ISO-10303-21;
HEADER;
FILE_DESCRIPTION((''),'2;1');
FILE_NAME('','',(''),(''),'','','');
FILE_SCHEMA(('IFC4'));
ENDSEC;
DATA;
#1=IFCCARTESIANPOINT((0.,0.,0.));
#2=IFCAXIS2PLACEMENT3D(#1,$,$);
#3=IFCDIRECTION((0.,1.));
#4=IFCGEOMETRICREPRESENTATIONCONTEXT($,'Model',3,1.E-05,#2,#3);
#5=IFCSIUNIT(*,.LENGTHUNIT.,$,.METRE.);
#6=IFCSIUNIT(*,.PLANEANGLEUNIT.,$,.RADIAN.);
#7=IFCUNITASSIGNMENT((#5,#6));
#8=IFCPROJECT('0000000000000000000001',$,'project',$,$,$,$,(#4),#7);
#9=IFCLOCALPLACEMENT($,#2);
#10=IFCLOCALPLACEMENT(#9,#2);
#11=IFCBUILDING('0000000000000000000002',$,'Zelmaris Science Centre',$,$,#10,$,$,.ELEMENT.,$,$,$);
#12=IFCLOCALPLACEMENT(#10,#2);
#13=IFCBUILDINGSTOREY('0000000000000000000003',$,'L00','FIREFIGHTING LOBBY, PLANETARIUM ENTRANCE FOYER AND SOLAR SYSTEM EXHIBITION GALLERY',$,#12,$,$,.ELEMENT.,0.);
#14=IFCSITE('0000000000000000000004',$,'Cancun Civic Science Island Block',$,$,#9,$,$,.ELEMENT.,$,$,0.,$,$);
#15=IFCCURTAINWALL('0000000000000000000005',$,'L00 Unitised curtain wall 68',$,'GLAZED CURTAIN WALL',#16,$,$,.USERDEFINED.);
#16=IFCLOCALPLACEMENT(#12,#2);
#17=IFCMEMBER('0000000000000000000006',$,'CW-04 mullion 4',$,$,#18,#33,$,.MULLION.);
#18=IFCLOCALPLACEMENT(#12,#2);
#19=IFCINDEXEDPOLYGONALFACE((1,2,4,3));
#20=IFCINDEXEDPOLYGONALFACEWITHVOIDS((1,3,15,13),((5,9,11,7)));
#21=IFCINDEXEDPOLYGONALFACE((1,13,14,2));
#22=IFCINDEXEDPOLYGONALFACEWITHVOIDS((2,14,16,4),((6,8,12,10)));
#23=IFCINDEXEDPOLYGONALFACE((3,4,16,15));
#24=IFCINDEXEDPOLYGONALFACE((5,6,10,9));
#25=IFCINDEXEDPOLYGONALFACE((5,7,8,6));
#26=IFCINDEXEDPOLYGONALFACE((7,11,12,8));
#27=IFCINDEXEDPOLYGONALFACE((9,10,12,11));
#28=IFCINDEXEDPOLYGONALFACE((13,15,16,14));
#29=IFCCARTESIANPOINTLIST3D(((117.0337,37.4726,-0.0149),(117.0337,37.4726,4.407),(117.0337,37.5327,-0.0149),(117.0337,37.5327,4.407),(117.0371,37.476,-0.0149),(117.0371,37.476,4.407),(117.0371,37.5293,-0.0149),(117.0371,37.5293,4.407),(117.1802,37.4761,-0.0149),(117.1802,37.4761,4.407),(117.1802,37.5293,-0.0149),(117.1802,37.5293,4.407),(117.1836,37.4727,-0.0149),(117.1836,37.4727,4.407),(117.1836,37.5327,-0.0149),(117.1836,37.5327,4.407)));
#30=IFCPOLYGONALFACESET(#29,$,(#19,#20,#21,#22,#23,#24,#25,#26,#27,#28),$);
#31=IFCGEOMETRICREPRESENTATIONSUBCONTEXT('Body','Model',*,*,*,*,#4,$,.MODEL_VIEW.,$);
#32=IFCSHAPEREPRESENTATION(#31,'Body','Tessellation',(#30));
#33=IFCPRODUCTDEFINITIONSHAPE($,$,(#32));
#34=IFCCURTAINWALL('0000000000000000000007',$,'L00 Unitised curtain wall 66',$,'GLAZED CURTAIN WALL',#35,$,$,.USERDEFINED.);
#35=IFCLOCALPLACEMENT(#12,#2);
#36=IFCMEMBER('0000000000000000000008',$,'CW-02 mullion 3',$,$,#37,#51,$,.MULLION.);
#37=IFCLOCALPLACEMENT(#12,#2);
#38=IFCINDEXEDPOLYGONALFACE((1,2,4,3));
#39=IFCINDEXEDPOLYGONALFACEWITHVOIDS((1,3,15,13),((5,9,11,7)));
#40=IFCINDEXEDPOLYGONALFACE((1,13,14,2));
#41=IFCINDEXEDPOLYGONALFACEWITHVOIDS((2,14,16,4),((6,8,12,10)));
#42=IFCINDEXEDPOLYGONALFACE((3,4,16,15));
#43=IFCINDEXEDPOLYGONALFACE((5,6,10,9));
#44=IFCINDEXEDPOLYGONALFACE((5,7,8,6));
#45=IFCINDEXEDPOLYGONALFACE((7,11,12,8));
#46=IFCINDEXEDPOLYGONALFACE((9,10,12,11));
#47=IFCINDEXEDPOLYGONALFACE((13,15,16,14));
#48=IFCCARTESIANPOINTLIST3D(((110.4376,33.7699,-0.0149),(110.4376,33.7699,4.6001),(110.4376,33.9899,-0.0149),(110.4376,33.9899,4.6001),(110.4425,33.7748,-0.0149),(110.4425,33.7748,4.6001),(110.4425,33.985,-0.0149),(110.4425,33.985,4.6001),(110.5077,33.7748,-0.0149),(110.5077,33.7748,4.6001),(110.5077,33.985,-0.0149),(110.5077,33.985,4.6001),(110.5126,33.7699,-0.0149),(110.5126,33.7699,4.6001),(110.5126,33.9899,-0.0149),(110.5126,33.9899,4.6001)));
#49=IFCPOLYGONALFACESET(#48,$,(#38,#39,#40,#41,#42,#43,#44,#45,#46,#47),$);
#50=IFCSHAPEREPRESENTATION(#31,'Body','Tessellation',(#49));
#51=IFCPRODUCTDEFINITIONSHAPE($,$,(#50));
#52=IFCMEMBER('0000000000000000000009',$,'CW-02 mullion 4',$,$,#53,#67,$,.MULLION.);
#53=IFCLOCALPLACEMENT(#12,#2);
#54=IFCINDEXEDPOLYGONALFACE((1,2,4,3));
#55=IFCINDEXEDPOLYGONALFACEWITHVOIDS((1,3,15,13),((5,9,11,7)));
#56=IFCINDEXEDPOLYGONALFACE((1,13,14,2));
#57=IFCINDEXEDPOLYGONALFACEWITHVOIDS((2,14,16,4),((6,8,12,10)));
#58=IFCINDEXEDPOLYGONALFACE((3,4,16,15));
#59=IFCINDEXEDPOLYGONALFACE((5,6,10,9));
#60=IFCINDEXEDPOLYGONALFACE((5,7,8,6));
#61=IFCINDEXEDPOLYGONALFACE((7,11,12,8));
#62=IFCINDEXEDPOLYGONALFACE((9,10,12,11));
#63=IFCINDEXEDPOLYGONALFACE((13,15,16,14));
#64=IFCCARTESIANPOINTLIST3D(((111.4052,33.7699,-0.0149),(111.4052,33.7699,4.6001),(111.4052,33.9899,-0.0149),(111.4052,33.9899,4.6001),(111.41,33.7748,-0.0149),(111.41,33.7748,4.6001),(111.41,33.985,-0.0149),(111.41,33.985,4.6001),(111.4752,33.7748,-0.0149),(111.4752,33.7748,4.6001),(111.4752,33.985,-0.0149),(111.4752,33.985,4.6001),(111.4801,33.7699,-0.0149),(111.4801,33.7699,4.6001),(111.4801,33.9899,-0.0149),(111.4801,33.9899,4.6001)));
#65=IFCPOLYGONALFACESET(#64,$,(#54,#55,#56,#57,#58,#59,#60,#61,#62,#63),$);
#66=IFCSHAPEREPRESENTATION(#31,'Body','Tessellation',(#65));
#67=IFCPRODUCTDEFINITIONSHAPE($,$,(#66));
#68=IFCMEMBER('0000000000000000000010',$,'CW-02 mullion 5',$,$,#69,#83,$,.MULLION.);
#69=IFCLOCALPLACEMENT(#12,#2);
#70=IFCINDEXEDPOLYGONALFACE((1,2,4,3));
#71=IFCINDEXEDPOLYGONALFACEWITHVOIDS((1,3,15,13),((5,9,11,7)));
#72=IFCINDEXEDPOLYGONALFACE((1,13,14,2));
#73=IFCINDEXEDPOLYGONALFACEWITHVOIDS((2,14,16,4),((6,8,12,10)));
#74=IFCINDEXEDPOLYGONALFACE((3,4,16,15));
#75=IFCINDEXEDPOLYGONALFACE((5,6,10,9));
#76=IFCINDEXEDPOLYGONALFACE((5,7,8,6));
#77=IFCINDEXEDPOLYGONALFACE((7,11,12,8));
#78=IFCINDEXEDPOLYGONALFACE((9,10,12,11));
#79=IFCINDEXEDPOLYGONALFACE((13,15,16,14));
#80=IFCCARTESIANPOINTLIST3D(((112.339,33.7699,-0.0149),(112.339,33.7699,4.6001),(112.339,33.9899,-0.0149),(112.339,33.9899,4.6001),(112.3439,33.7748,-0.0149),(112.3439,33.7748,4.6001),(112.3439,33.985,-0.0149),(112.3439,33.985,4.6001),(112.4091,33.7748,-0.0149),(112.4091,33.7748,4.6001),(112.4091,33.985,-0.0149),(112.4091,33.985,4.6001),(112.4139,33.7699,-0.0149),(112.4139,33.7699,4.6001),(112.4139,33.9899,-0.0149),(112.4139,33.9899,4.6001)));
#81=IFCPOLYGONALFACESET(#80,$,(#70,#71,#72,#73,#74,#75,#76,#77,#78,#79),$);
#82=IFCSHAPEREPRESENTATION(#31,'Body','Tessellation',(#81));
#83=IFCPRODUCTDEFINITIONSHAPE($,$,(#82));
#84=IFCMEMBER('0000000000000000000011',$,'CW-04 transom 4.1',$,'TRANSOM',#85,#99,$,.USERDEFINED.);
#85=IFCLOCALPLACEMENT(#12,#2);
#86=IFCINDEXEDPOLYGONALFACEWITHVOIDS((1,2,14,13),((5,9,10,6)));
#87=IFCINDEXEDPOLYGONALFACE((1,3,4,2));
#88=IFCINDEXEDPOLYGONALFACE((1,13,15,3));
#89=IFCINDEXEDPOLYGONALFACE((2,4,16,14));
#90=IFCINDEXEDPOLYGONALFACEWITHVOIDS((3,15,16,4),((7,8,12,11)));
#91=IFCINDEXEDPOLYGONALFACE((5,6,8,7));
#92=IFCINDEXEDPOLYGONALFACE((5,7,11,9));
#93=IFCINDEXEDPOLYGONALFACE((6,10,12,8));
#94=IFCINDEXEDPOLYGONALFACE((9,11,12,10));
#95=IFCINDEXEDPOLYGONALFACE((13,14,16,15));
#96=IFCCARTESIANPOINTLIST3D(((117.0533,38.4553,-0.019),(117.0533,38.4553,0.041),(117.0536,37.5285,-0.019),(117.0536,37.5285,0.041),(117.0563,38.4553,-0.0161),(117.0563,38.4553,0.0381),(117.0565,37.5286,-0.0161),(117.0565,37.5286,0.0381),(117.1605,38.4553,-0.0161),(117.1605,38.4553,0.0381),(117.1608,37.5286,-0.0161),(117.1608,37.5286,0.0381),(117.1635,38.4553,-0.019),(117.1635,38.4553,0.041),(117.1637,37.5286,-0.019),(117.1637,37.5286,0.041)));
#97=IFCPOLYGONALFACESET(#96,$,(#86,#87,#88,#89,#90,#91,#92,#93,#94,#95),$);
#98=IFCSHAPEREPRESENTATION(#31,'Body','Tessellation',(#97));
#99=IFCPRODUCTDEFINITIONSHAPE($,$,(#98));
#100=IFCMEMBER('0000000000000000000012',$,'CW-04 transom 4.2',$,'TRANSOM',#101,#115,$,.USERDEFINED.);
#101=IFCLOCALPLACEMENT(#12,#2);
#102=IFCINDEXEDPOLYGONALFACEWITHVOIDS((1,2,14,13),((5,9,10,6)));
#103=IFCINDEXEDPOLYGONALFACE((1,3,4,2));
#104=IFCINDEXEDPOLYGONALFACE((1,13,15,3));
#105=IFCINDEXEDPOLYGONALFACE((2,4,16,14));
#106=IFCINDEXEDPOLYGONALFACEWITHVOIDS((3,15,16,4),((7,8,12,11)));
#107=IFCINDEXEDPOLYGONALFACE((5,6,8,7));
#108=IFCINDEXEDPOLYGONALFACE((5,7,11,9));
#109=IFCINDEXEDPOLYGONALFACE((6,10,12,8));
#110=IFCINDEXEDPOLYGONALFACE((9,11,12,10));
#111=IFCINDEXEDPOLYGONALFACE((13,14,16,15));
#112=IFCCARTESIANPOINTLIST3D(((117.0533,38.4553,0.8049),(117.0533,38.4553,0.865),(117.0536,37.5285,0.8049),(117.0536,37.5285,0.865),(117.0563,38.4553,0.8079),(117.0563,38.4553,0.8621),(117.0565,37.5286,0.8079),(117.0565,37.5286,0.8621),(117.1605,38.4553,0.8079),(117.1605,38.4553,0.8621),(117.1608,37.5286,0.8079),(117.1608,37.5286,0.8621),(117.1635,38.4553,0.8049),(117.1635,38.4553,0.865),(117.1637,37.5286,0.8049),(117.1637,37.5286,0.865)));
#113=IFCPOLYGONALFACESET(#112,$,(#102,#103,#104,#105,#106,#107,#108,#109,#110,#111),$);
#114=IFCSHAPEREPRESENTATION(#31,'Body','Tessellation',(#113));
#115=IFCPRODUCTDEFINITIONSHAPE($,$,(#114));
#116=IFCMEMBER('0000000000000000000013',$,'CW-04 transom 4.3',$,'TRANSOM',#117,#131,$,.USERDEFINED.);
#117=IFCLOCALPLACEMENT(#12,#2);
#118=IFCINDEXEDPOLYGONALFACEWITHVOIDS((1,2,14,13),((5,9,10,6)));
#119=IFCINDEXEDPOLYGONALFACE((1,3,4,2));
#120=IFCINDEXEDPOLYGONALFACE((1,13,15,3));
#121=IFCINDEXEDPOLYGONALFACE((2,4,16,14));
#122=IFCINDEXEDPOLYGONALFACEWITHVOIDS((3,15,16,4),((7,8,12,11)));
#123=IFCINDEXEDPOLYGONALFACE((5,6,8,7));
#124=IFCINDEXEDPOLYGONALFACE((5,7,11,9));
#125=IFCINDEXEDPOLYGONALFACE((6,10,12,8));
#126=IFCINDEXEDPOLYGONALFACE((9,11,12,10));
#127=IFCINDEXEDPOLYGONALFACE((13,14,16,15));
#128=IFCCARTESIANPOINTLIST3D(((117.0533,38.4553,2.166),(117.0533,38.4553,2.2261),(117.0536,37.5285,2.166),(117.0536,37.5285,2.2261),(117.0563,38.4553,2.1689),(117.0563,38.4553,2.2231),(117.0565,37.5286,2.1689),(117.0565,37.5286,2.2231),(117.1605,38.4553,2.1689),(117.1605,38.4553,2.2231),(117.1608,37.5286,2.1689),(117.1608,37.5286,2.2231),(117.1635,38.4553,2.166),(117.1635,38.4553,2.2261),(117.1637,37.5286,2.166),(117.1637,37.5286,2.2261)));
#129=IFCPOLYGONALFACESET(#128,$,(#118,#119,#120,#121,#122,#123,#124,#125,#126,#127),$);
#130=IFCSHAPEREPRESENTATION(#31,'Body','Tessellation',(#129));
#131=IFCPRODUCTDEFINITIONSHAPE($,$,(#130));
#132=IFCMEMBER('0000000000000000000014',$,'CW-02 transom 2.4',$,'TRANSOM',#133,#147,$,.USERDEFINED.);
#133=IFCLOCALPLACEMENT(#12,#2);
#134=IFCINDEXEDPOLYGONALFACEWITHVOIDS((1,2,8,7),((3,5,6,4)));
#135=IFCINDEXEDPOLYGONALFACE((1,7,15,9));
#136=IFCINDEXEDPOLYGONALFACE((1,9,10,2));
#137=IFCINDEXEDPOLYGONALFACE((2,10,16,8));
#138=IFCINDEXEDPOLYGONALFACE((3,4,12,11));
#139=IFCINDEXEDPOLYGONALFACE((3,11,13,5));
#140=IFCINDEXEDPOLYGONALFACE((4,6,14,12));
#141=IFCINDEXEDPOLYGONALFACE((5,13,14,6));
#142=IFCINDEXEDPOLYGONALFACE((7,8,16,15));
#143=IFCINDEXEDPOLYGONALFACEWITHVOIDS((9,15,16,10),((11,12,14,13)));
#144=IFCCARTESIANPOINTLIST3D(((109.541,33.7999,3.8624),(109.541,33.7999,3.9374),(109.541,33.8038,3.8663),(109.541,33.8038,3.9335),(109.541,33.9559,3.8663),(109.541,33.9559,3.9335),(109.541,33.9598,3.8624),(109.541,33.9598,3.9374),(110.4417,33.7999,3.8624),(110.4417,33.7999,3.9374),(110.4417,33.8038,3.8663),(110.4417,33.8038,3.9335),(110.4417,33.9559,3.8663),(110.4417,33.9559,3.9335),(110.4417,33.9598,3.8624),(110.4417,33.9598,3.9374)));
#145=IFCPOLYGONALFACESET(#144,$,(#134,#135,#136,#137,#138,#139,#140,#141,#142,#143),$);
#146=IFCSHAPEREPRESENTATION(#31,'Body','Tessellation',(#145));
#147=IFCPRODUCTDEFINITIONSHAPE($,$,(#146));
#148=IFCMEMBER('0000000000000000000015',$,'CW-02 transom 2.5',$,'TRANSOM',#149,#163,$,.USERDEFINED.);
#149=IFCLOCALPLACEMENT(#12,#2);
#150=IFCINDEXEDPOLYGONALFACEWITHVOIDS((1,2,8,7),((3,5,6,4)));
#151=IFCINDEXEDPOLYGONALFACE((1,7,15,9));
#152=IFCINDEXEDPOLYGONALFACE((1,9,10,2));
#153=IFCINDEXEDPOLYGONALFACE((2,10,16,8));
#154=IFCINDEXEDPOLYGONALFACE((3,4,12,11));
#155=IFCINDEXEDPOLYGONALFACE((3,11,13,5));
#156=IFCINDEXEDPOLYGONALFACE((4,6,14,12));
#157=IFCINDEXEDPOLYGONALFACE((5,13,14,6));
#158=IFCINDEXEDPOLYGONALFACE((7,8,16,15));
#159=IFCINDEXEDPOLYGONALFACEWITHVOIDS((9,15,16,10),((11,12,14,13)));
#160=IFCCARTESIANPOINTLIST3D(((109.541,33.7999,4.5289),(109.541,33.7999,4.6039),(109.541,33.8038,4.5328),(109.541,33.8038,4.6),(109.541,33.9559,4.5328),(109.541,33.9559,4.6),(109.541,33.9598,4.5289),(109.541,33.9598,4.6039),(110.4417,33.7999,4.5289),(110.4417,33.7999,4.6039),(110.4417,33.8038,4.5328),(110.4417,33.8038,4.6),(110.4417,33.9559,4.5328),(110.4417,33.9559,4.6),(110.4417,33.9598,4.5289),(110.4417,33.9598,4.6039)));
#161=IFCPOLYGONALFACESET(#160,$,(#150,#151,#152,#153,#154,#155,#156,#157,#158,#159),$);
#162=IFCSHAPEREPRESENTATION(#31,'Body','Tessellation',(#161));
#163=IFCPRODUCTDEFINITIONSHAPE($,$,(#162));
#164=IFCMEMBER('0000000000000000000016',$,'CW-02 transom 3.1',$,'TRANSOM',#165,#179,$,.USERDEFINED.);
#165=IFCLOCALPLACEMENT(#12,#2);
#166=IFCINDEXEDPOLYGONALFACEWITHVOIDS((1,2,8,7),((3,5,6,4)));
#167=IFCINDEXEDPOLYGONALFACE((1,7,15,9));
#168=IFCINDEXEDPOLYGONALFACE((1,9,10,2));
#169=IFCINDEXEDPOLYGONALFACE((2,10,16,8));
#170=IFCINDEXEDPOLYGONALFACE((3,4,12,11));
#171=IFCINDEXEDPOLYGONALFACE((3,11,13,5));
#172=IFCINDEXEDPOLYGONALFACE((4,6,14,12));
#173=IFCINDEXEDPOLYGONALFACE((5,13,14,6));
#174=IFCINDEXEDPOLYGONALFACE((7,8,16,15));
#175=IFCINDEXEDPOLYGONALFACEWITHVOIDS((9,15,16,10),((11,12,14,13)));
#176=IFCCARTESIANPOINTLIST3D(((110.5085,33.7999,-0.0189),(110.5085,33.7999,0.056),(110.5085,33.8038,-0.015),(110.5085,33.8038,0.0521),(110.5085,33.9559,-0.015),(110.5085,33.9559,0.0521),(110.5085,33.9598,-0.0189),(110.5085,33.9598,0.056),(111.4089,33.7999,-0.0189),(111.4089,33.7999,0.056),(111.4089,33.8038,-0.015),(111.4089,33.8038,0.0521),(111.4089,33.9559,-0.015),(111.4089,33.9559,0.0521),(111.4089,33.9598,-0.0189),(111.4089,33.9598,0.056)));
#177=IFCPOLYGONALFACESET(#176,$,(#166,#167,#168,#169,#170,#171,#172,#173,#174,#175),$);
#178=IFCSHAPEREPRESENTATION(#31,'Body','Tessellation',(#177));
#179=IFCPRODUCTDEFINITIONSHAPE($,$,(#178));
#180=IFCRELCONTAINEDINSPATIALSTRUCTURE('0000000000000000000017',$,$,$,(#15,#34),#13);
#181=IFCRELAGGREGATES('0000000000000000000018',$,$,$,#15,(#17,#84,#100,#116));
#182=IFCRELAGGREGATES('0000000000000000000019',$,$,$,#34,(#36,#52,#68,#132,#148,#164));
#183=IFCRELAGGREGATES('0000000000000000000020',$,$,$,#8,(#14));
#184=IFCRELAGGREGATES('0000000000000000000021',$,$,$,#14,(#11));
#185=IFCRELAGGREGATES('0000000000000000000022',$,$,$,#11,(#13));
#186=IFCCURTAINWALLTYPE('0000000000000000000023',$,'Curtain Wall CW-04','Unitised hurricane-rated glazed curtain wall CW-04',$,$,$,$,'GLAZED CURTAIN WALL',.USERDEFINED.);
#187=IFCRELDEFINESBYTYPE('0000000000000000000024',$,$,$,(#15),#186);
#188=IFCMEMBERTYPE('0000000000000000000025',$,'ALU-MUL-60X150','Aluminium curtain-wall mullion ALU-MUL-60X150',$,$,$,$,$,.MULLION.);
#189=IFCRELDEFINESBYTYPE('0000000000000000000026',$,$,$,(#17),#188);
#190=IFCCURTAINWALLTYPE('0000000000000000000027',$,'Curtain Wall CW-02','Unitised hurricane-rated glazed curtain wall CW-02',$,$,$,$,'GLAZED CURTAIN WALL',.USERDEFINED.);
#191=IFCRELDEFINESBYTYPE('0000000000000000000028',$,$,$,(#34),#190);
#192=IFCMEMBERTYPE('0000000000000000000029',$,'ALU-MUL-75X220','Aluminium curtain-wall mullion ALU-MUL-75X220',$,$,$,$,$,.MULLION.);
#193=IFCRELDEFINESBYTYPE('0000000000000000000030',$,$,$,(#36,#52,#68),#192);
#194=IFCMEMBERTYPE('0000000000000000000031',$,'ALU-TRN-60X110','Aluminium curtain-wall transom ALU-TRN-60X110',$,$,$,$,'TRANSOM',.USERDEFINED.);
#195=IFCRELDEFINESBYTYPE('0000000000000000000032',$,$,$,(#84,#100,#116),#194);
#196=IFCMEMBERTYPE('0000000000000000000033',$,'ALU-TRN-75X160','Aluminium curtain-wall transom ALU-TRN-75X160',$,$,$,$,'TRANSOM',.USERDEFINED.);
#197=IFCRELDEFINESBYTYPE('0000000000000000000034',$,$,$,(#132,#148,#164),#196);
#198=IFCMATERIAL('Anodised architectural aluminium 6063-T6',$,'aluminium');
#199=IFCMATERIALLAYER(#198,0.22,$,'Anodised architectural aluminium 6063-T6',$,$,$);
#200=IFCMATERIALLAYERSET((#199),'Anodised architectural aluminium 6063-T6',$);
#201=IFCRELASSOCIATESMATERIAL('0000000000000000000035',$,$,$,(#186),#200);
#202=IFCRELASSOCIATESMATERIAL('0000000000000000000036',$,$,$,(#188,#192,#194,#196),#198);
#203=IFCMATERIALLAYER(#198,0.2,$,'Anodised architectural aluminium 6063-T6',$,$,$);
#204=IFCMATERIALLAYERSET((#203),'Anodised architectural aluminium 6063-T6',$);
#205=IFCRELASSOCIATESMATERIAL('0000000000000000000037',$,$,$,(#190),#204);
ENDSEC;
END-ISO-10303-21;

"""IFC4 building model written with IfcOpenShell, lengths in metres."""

from ifc_helpers import new_model, si_unit, direction, frame, origin, origin_2d, place, context, subcontext, project, spatial, hollow_rectangle, extrude, material, layer, layer_set, material_profile, profile_set, type_object, element, aggregate, save


model = new_model("IFC4")

# Units and contexts
model_context = context("Model", 3, precision=1e-05, world=origin(), true_north=direction((0.0, 1.0)))
body_context = subcontext(model_context, "Body", "Model", "MODEL_VIEW")
ifc_project = project(units=[si_unit("LENGTHUNIT", "METRE"), si_unit("PLANEANGLEUNIT", "RADIAN")], contexts=[model_context])

# Site, building, storey
site_placement = place(None, origin())
site = spatial("IfcSite", under=ifc_project, at=site_placement, Name="Cancun Civic Science Island Block", CompositionType="ELEMENT", RefElevation=0.0)
building_placement = place(site_placement, origin())
building = spatial("IfcBuilding", under=site, at=building_placement, Name="Zelmaris Science Centre", CompositionType="ELEMENT")
storey_placement = place(building_placement, origin())
storey = spatial("IfcBuildingStorey", under=building, at=storey_placement, Name="L00", Description="FIREFIGHTING LOBBY, PLANETARIUM ENTRANCE FOYER AND SOLAR SYSTEM EXHIBITION GALLERY", CompositionType="ELEMENT", Elevation=0.0)

# Curtain wall, member
ifc_material_1 = material(Name="Anodised architectural aluminium 6063-T6", Category="aluminium")
ifc_layer_1 = layer(ifc_material_1, 0.22, Name="Anodised architectural aluminium 6063-T6")
ifc_layer_set_1 = layer_set([ifc_layer_1], Name="Anodised architectural aluminium 6063-T6")
curtain_wall_type_1 = type_object("IfcCurtainWallType", Name="Curtain Wall CW-04", Description="Unitised hurricane-rated glazed curtain wall CW-04", ElementType="GLAZED CURTAIN WALL", PredefinedType="USERDEFINED", material=ifc_layer_set_1)
curtain_wall_1_placement = place(storey_placement, origin())
curtain_wall_1 = element("IfcCurtainWall", 1, at=curtain_wall_1_placement, inside=storey, type_object=curtain_wall_type_1, Name="L00 Unitised curtain wall 68", ObjectType="GLAZED CURTAIN WALL", PredefinedType="USERDEFINED")
ifc_material_profile_1 = material_profile(ifc_material_1, hollow_rectangle(XDim=0.0601, YDim=0.1499, WallThickness=0.0034, at=origin_2d()), Name="ALU-MUL-60X150")
ifc_profile_set_1 = profile_set([ifc_material_profile_1], Name="Anodised architectural aluminium 6063-T6")
member_type_1 = type_object("IfcMemberType", Name="ALU-MUL-60X150", Description="Aluminium curtain-wall mullion ALU-MUL-60X150", PredefinedType="MULLION", material=ifc_profile_set_1)
member_1_placement = place(storey_placement, frame((117.1086, 37.5027, -0.0149), z_axis=(0.0, 0.0, 1.0), x_axis=(-0.000353, 1.0, 0.0)))
member_1 = element("IfcMember", 2, at=member_1_placement, type_object=member_type_1, Name="CW-04 mullion 4", PredefinedType="MULLION", context=body_context, shape_type="SweptSolid", body=[
    extrude(hollow_rectangle(XDim=0.0601, YDim=0.1499, WallThickness=0.0034, at=origin_2d()), origin(), (0.0, 0.0, 1.0), 4.4219),
])

# Curtain wall, members
ifc_layer_2 = layer(ifc_material_1, 0.2, Name="Anodised architectural aluminium 6063-T6")
ifc_layer_set_2 = layer_set([ifc_layer_2], Name="Anodised architectural aluminium 6063-T6")
curtain_wall_type_2 = type_object("IfcCurtainWallType", Name="Curtain Wall CW-02", Description="Unitised hurricane-rated glazed curtain wall CW-02", ElementType="GLAZED CURTAIN WALL", PredefinedType="USERDEFINED", material=ifc_layer_set_2)
curtain_wall_2_placement = place(storey_placement, origin())
curtain_wall_2 = element("IfcCurtainWall", 3, at=curtain_wall_2_placement, inside=storey, type_object=curtain_wall_type_2, Name="L00 Unitised curtain wall 66", ObjectType="GLAZED CURTAIN WALL", PredefinedType="USERDEFINED")
ifc_material_profile_2 = material_profile(ifc_material_1, hollow_rectangle(XDim=0.075, YDim=0.22, WallThickness=0.0049, at=origin_2d()), Name="ALU-MUL-75X220")
ifc_profile_set_2 = profile_set([ifc_material_profile_2], Name="Anodised architectural aluminium 6063-T6")
member_type_2 = type_object("IfcMemberType", Name="ALU-MUL-75X220", Description="Aluminium curtain-wall mullion ALU-MUL-75X220", PredefinedType="MULLION", material=ifc_profile_set_2)
member_2_placement = place(storey_placement, frame((110.4751, 33.8799, -0.0149), z_axis=(0.0, 0.0, 1.0), x_axis=(1.0, 0.000007, 0.0)))
member_2 = element("IfcMember", 4, at=member_2_placement, type_object=member_type_2, Name="CW-02 mullion 3", PredefinedType="MULLION", context=body_context, shape_type="SweptSolid", body=[
    extrude(hollow_rectangle(XDim=0.075, YDim=0.22, WallThickness=0.0049, at=origin_2d()), origin(), (0.0, 0.0, 1.0), 4.615),
])
member_3_placement = place(storey_placement, frame((111.4426, 33.8799, -0.0149), z_axis=(0.0, 0.0, 1.0), x_axis=(1.0, 0.000007, 0.0)))
member_3 = element("IfcMember", 5, at=member_3_placement, type_object=member_type_2, Name="CW-02 mullion 4", PredefinedType="MULLION", context=body_context, shape_type="SweptSolid", body=[
    extrude(hollow_rectangle(XDim=0.075, YDim=0.22, WallThickness=0.0049, at=origin_2d()), origin(), (0.0, 0.0, 1.0), 4.615),
])
member_4_placement = place(storey_placement, frame((112.3765, 33.8799, -0.0149), z_axis=(0.0, 0.0, 1.0), x_axis=(1.0, 0.000007, 0.0)))
member_4 = element("IfcMember", 6, at=member_4_placement, type_object=member_type_2, Name="CW-02 mullion 5", PredefinedType="MULLION", context=body_context, shape_type="SweptSolid", body=[
    extrude(hollow_rectangle(XDim=0.075, YDim=0.22, WallThickness=0.0049, at=origin_2d()), origin(), (0.0, 0.0, 1.0), 4.615),
])

# Members
ifc_material_profile_3 = material_profile(ifc_material_1, hollow_rectangle(XDim=0.0601, YDim=0.1101, WallThickness=0.0029, at=origin_2d()), Name="ALU-TRN-60X110")
ifc_profile_set_3 = profile_set([ifc_material_profile_3], Name="Anodised architectural aluminium 6063-T6")
member_type_3 = type_object("IfcMemberType", Name="ALU-TRN-60X110", Description="Aluminium curtain-wall transom ALU-TRN-60X110", ElementType="TRANSOM", PredefinedType="USERDEFINED", material=ifc_profile_set_3)
member_5_placement = place(storey_placement, frame((117.1086, 37.5286, 0.011), z_axis=(-0.000263, 1.0, 0.0), x_axis=(0.0, 0.0, 1.0)))
member_5 = element("IfcMember", 7, at=member_5_placement, type_object=member_type_3, Name="CW-04 transom 4.1", ObjectType="TRANSOM", PredefinedType="USERDEFINED", context=body_context, shape_type="SweptSolid", body=[
    extrude(hollow_rectangle(XDim=0.0601, YDim=0.1101, WallThickness=0.0029, at=origin_2d()), origin(), (0.0, 0.0, 1.0), 0.9268),
])
member_6_placement = place(storey_placement, frame((117.1086, 37.5286, 0.835), z_axis=(-0.000263, 1.0, 0.0), x_axis=(0.0, 0.0, 1.0)))
member_6 = element("IfcMember", 8, at=member_6_placement, type_object=member_type_3, Name="CW-04 transom 4.2", ObjectType="TRANSOM", PredefinedType="USERDEFINED", context=body_context, shape_type="SweptSolid", body=[
    extrude(hollow_rectangle(XDim=0.0601, YDim=0.1101, WallThickness=0.0029, at=origin_2d()), origin(), (0.0, 0.0, 1.0), 0.9268),
])
member_7_placement = place(storey_placement, frame((117.1086, 37.5286, 2.196), z_axis=(-0.000263, 1.0, 0.0), x_axis=(0.0, 0.0, 1.0)))
member_7 = element("IfcMember", 9, at=member_7_placement, type_object=member_type_3, Name="CW-04 transom 4.3", ObjectType="TRANSOM", PredefinedType="USERDEFINED", context=body_context, shape_type="SweptSolid", body=[
    extrude(hollow_rectangle(XDim=0.0601, YDim=0.1101, WallThickness=0.0029, at=origin_2d()), origin(), (0.0, 0.0, 1.0), 0.9268),
])
aggregate(curtain_wall_1, [member_1, member_5, member_6, member_7])
ifc_material_profile_4 = material_profile(ifc_material_1, hollow_rectangle(XDim=0.075, YDim=0.1599, WallThickness=0.0039, at=origin_2d()), Name="ALU-TRN-75X160")
ifc_profile_set_4 = profile_set([ifc_material_profile_4], Name="Anodised architectural aluminium 6063-T6")
member_type_4 = type_object("IfcMemberType", Name="ALU-TRN-75X160", Description="Aluminium curtain-wall transom ALU-TRN-75X160", ElementType="TRANSOM", PredefinedType="USERDEFINED", material=ifc_profile_set_4)
member_8_placement = place(storey_placement, frame((109.541, 33.8799, 3.8999), z_axis=(1.0, 0.0, 0.0), x_axis=(0.0, 0.0, 1.0)))
member_8 = element("IfcMember", 10, at=member_8_placement, type_object=member_type_4, Name="CW-02 transom 2.4", ObjectType="TRANSOM", PredefinedType="USERDEFINED", context=body_context, shape_type="SweptSolid", body=[
    extrude(hollow_rectangle(XDim=0.075, YDim=0.1599, WallThickness=0.0039, at=origin_2d()), origin(), (0.0, 0.0, 1.0), 0.9006),
])
member_9_placement = place(storey_placement, frame((109.541, 33.8799, 4.5664), z_axis=(1.0, 0.0, 0.0), x_axis=(0.0, 0.0, 1.0)))
member_9 = element("IfcMember", 11, at=member_9_placement, type_object=member_type_4, Name="CW-02 transom 2.5", ObjectType="TRANSOM", PredefinedType="USERDEFINED", context=body_context, shape_type="SweptSolid", body=[
    extrude(hollow_rectangle(XDim=0.075, YDim=0.1599, WallThickness=0.0039, at=origin_2d()), origin(), (0.0, 0.0, 1.0), 0.9006),
])
member_10_placement = place(storey_placement, frame((110.5085, 33.8799, 0.0186), z_axis=(1.0, 0.0, 0.0), x_axis=(0.0, 0.0, 1.0)))
member_10 = element("IfcMember", 12, at=member_10_placement, type_object=member_type_4, Name="CW-02 transom 3.1", ObjectType="TRANSOM", PredefinedType="USERDEFINED", context=body_context, shape_type="SweptSolid", body=[
    extrude(hollow_rectangle(XDim=0.075, YDim=0.1599, WallThickness=0.0039, at=origin_2d()), origin(), (0.0, 0.0, 1.0), 0.9004),
])

aggregate(curtain_wall_2, [member_2, member_3, member_4, member_8, member_9, member_10])

save(model, "model.ifc")
